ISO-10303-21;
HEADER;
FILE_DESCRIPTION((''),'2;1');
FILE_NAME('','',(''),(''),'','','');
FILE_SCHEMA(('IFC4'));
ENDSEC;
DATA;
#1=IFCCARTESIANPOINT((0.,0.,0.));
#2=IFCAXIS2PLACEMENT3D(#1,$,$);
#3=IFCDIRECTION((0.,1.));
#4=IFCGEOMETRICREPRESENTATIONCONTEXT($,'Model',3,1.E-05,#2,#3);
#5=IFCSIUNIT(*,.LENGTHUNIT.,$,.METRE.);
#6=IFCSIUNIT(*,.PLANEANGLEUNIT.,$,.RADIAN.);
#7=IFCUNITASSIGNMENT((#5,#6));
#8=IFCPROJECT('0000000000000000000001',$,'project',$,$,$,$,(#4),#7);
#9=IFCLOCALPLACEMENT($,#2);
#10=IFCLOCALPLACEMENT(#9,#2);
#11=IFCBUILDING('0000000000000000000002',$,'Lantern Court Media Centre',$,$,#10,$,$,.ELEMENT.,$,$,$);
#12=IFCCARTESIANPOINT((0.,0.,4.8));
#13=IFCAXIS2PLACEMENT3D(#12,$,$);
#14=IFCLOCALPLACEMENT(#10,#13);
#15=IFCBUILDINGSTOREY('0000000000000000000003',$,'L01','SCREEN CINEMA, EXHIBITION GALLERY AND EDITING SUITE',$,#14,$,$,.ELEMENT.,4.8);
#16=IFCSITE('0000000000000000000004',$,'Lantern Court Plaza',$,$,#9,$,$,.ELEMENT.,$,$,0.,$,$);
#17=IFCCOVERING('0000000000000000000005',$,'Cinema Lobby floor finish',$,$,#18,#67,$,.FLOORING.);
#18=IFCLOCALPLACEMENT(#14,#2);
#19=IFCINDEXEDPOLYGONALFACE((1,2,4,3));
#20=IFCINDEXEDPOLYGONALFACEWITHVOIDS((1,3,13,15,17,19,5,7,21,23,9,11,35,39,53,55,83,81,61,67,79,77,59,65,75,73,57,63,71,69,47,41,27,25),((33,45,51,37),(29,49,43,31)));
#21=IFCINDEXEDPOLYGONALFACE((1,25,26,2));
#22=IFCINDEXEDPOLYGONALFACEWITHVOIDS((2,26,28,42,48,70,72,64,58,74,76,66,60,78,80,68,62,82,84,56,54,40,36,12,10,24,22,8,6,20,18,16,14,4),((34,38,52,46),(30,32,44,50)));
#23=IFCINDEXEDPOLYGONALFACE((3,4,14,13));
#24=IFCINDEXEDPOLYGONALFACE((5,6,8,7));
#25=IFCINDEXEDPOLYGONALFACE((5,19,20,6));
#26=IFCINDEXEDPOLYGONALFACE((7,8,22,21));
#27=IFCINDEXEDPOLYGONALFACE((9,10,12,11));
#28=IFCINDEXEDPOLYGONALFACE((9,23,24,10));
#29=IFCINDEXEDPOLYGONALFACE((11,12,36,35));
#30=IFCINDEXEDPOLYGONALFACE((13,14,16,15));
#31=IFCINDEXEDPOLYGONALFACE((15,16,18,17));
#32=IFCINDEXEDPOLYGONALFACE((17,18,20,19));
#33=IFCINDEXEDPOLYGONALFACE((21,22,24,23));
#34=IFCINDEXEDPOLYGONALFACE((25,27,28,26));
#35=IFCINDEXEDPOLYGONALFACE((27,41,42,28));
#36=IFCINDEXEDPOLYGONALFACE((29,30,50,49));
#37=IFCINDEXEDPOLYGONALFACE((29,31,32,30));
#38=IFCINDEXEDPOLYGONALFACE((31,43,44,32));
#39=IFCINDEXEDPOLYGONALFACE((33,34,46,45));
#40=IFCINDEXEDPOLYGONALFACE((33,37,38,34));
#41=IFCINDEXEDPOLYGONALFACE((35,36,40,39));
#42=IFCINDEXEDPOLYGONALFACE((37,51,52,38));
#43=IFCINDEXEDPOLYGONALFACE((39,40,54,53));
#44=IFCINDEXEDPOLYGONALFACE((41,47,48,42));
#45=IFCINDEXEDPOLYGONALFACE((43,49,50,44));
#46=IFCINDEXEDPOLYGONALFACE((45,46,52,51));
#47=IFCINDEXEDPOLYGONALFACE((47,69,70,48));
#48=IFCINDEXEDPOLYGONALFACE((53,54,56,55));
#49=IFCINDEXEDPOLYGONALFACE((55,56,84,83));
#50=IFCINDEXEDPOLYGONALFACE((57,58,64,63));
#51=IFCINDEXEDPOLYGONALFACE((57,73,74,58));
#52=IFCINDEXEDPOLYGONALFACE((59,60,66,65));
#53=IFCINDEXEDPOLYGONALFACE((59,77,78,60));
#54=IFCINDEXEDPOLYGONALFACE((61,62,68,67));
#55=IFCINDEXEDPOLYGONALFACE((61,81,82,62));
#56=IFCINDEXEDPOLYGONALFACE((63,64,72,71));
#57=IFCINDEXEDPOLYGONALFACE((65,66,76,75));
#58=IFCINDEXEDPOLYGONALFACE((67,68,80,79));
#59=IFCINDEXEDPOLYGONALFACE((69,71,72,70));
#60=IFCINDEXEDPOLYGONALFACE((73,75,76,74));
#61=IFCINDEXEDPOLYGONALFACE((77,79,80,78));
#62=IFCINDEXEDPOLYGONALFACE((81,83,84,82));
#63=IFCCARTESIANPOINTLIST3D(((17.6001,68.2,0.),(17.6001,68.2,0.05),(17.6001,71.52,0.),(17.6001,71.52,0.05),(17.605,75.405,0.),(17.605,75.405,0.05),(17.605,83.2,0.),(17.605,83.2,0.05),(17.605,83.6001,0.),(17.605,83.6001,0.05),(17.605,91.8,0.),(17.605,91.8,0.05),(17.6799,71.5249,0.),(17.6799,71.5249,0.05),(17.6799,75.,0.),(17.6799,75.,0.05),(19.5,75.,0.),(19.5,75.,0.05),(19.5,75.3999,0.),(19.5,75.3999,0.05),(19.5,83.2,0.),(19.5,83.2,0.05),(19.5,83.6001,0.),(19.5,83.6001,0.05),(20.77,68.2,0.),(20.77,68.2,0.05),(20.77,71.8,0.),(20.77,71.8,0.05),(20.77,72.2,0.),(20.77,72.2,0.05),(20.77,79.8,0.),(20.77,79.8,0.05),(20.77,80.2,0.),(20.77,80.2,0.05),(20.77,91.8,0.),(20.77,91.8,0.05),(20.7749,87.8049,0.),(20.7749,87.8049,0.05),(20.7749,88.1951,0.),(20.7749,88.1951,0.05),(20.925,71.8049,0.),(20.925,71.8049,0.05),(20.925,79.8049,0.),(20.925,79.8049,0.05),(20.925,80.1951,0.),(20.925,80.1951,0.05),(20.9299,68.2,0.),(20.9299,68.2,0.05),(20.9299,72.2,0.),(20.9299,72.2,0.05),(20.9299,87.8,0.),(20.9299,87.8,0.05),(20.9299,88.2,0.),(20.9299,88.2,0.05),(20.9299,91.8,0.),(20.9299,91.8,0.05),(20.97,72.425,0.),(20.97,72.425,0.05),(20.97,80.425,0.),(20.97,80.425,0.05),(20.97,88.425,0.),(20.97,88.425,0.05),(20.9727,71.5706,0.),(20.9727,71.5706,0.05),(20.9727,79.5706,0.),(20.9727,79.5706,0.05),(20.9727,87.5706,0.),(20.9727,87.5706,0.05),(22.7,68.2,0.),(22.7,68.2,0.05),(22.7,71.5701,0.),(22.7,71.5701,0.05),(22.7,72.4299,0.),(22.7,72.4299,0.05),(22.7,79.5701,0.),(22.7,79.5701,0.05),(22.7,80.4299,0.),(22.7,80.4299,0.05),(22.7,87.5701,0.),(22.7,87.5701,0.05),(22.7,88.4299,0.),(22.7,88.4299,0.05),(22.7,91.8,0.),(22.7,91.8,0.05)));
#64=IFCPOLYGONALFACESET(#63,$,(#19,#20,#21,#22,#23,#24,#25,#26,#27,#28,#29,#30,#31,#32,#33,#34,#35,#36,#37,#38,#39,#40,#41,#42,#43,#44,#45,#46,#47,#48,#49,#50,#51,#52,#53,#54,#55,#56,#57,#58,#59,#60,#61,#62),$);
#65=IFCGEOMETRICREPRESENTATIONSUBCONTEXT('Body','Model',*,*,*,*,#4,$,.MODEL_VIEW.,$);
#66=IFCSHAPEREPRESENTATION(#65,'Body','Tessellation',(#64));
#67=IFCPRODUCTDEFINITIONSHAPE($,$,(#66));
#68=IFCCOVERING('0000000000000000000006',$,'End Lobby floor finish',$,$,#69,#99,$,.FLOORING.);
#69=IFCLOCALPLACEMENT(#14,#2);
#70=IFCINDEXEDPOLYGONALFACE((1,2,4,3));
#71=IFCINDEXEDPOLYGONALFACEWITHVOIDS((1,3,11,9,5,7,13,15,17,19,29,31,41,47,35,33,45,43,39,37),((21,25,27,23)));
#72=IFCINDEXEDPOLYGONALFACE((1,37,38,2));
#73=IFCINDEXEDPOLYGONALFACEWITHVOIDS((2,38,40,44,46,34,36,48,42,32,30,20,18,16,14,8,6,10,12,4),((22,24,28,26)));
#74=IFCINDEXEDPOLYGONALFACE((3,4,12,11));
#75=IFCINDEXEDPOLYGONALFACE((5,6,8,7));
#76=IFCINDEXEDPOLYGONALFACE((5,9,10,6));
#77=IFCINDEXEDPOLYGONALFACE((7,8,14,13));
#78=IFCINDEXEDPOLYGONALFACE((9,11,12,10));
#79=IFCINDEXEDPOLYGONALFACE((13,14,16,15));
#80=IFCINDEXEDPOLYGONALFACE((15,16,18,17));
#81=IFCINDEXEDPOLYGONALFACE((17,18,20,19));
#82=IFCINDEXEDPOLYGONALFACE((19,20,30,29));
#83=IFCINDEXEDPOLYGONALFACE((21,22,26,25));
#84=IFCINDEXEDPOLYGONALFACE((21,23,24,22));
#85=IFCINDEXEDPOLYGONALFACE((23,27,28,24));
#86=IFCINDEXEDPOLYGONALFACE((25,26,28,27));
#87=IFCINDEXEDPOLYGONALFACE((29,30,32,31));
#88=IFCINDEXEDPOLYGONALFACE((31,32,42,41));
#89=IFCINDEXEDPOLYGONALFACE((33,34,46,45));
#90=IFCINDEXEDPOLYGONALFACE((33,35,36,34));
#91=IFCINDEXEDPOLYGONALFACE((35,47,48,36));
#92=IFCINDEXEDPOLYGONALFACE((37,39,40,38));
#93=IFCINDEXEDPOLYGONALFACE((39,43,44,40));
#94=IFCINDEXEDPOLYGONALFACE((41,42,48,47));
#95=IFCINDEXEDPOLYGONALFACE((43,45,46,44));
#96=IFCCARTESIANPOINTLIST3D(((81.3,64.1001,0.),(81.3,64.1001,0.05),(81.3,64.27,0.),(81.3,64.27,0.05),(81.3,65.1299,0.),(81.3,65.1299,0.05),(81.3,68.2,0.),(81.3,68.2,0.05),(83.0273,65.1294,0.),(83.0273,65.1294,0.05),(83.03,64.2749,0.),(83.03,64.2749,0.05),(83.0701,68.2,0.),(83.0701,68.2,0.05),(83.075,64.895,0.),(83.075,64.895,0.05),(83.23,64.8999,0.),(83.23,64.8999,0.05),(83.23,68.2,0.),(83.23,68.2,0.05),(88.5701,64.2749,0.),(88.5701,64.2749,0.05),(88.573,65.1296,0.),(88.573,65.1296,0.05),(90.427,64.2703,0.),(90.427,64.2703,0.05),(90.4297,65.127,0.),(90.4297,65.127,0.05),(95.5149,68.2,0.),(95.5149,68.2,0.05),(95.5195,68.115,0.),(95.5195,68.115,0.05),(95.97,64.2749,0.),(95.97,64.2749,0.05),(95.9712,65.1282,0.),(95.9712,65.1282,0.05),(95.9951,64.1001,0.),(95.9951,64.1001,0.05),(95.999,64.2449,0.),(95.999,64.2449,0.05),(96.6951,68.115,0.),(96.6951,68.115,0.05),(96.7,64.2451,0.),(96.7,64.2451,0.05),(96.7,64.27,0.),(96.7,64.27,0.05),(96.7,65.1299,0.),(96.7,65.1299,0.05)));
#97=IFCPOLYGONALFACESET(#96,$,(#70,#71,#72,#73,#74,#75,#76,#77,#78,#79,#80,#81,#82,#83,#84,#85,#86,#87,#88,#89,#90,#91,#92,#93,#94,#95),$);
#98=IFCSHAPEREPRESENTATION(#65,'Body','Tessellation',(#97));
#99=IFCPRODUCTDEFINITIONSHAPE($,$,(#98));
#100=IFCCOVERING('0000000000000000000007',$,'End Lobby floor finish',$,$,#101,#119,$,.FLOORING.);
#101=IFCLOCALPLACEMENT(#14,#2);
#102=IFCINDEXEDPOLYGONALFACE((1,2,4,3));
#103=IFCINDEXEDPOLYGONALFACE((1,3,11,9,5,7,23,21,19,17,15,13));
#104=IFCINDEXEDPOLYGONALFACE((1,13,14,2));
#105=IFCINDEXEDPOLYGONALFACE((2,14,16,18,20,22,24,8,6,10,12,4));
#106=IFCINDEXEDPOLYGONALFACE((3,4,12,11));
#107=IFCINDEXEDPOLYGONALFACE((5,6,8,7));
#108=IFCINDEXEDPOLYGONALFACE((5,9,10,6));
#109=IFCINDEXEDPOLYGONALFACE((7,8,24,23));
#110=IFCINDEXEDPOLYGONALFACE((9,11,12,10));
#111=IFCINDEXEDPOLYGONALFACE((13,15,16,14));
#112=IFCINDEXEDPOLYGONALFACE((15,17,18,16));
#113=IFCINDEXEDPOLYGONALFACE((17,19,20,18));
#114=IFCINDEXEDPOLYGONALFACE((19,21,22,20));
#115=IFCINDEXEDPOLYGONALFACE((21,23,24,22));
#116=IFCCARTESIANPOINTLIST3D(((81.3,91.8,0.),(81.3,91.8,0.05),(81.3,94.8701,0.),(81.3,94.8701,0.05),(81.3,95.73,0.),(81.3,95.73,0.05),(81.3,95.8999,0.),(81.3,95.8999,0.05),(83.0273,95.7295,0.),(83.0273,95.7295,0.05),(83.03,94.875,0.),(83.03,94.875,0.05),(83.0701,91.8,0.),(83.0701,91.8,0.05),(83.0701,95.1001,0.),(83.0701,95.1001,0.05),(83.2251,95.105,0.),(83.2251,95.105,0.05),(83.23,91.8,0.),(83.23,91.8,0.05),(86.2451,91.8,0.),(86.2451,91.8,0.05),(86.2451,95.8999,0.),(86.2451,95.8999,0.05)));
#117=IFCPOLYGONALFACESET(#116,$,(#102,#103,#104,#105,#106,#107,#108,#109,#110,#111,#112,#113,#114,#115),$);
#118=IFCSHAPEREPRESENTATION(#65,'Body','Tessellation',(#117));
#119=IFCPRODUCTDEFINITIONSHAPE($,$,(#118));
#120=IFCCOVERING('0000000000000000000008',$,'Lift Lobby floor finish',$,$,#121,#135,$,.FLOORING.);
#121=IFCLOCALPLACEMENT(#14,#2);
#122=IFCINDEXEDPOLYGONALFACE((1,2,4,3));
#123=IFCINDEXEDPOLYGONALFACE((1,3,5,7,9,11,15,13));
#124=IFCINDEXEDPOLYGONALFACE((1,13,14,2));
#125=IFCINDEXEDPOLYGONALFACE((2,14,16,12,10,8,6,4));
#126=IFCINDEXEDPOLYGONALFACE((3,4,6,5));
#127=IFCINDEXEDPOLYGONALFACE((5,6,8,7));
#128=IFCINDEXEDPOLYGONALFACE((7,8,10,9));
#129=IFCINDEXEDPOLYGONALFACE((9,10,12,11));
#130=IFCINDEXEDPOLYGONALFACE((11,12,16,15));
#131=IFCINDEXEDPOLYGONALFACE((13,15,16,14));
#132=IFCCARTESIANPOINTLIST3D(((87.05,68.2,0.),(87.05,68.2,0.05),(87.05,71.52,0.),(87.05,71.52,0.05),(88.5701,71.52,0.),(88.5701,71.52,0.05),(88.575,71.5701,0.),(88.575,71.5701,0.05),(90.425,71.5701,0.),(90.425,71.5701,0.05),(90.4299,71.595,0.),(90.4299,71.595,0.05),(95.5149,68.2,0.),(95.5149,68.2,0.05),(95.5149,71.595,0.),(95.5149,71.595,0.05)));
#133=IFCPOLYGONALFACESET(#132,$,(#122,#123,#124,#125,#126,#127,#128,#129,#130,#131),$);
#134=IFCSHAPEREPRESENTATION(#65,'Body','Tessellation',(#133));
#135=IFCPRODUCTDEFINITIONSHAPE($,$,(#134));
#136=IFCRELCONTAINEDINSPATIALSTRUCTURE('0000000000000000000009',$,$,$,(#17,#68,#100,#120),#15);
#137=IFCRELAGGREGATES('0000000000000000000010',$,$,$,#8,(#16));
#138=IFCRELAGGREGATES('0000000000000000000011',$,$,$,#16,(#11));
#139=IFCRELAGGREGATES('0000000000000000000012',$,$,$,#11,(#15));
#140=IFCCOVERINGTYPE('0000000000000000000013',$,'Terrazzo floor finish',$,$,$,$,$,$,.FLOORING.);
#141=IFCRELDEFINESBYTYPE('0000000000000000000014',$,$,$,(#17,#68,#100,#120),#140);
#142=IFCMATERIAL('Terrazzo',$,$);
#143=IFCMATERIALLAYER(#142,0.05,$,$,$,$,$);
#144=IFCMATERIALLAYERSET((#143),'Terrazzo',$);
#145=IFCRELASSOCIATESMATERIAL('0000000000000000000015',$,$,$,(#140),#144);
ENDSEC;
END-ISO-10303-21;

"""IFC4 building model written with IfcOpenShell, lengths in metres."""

from ifc_helpers import new_model, si_unit, direction, frame, origin, place, context, subcontext, project, spatial, polyline, outline, extrude, material, layer, layer_set, type_object, element, save


model = new_model("IFC4")

# Units and contexts
model_context = context("Model", 3, precision=1e-05, world=origin(), true_north=direction((0.0, 1.0)))
body_context = subcontext(model_context, "Body", "Model", "MODEL_VIEW")
ifc_project = project(units=[si_unit("LENGTHUNIT", "METRE"), si_unit("PLANEANGLEUNIT", "RADIAN")], contexts=[model_context])

# Site, building, storey
site_placement = place(None, origin())
site = spatial("IfcSite", under=ifc_project, at=site_placement, Name="Lantern Court Plaza", CompositionType="ELEMENT", RefElevation=0.0)
building_placement = place(site_placement, origin())
building = spatial("IfcBuilding", under=site, at=building_placement, Name="Lantern Court Media Centre", CompositionType="ELEMENT")
storey_placement = place(building_placement, frame((0.0, 0.0, 4.8)))
storey = spatial("IfcBuildingStorey", under=building, at=storey_placement, Name="L01", Description="SCREEN CINEMA, EXHIBITION GALLERY AND EDITING SUITE", CompositionType="ELEMENT", Elevation=4.8)

# Coverings
ifc_material_1 = material(Name="Terrazzo")
ifc_layer_1 = layer(ifc_material_1, 0.05)
ifc_layer_set_1 = layer_set([ifc_layer_1], Name="Terrazzo")
covering_type_1 = type_object("IfcCoveringType", Name="Terrazzo floor finish", PredefinedType="FLOORING", material=ifc_layer_set_1)
covering_1_placement = place(storey_placement, origin())
element("IfcCovering", 1, at=covering_1_placement, inside=storey, type_object=covering_type_1, Name="Cinema Lobby floor finish", PredefinedType="FLOORING", context=body_context, shape_type="SweptSolid", body=[
    extrude(outline(polyline([(17.6001, 68.2), (17.6001, 71.52), (17.6799, 71.5249), (17.6799, 75.0), (19.5, 75.0), (19.5, 75.3999), (17.605, 75.405), (17.605, 83.2), (19.5, 83.2), (19.5, 83.6001), (17.605, 83.6001), (17.605, 91.8), (20.77, 91.8), (20.7749, 88.1951), (20.9299, 88.2), (20.9299, 91.8), (22.7, 91.8), (22.7, 88.4299), (20.97, 88.425), (20.9727, 87.5706), (22.7, 87.5701), (22.7, 80.4299), (20.97, 80.425), (20.9727, 79.5706), (22.7, 79.5701), (22.7, 72.4299), (20.97, 72.425), (20.9727, 71.5706), (22.7, 71.5701), (22.7, 68.2), (20.9299, 68.2), (20.925, 71.8049), (20.77, 71.8), (20.77, 68.2), (17.6001, 68.2)]), holes=[polyline([(20.925, 80.1951), (20.9299, 87.8), (20.7749, 87.8049), (20.77, 80.2), (20.925, 80.1951)]), polyline([(20.77, 72.2), (20.9299, 72.2), (20.925, 79.8049), (20.77, 79.8), (20.77, 72.2)])]), origin(), (0.0, 0.0, 1.0), 0.05),
])
covering_2_placement = place(storey_placement, origin())
element("IfcCovering", 2, at=covering_2_placement, inside=storey, type_object=covering_type_1, Name="End Lobby floor finish", PredefinedType="FLOORING", context=body_context, shape_type="SweptSolid", body=[
    extrude(outline(polyline([(96.7, 64.2451), (95.999, 64.2449), (95.9951, 64.1001), (81.3, 64.1001), (81.3, 64.27), (83.03, 64.2749), (83.0273, 65.1294), (81.3, 65.1299), (81.3, 68.2), (83.0701, 68.2), (83.075, 64.895), (83.23, 64.8999), (83.23, 68.2), (95.5149, 68.2), (95.5195, 68.115), (96.6951, 68.115), (96.7, 65.1299), (95.9712, 65.1282), (95.97, 64.2749), (96.7, 64.27), (96.7, 64.2451)]), holes=[polyline([(88.5701, 64.2749), (90.427, 64.2703), (90.4297, 65.127), (88.573, 65.1296), (88.5701, 64.2749)])]), origin(), (0.0, 0.0, 1.0), 0.05),
])
covering_3_placement = place(storey_placement, origin())
element("IfcCovering", 3, at=covering_3_placement, inside=storey, type_object=covering_type_1, Name="End Lobby floor finish", PredefinedType="FLOORING", context=body_context, shape_type="SweptSolid", body=[
    extrude(outline(polyline([(81.3, 95.8999), (86.2451, 95.8999), (86.2451, 91.8), (83.23, 91.8), (83.2251, 95.105), (83.0701, 95.1001), (83.0701, 91.8), (81.3, 91.8), (81.3, 94.8701), (83.03, 94.875), (83.0273, 95.7295), (81.3, 95.73), (81.3, 95.8999)])), origin(), (0.0, 0.0, 1.0), 0.05),
])
covering_4_placement = place(storey_placement, origin())
element("IfcCovering", 4, at=covering_4_placement, inside=storey, type_object=covering_type_1, Name="Lift Lobby floor finish", PredefinedType="FLOORING", context=body_context, shape_type="SweptSolid", body=[
    extrude(outline(polyline([(87.05, 68.2), (87.05, 71.52), (88.5701, 71.52), (88.575, 71.5701), (90.425, 71.5701), (90.4299, 71.595), (95.5149, 71.595), (95.5149, 68.2), (87.05, 68.2)])), origin(), (0.0, 0.0, 1.0), 0.05),
])

save(model, "model.ifc")
